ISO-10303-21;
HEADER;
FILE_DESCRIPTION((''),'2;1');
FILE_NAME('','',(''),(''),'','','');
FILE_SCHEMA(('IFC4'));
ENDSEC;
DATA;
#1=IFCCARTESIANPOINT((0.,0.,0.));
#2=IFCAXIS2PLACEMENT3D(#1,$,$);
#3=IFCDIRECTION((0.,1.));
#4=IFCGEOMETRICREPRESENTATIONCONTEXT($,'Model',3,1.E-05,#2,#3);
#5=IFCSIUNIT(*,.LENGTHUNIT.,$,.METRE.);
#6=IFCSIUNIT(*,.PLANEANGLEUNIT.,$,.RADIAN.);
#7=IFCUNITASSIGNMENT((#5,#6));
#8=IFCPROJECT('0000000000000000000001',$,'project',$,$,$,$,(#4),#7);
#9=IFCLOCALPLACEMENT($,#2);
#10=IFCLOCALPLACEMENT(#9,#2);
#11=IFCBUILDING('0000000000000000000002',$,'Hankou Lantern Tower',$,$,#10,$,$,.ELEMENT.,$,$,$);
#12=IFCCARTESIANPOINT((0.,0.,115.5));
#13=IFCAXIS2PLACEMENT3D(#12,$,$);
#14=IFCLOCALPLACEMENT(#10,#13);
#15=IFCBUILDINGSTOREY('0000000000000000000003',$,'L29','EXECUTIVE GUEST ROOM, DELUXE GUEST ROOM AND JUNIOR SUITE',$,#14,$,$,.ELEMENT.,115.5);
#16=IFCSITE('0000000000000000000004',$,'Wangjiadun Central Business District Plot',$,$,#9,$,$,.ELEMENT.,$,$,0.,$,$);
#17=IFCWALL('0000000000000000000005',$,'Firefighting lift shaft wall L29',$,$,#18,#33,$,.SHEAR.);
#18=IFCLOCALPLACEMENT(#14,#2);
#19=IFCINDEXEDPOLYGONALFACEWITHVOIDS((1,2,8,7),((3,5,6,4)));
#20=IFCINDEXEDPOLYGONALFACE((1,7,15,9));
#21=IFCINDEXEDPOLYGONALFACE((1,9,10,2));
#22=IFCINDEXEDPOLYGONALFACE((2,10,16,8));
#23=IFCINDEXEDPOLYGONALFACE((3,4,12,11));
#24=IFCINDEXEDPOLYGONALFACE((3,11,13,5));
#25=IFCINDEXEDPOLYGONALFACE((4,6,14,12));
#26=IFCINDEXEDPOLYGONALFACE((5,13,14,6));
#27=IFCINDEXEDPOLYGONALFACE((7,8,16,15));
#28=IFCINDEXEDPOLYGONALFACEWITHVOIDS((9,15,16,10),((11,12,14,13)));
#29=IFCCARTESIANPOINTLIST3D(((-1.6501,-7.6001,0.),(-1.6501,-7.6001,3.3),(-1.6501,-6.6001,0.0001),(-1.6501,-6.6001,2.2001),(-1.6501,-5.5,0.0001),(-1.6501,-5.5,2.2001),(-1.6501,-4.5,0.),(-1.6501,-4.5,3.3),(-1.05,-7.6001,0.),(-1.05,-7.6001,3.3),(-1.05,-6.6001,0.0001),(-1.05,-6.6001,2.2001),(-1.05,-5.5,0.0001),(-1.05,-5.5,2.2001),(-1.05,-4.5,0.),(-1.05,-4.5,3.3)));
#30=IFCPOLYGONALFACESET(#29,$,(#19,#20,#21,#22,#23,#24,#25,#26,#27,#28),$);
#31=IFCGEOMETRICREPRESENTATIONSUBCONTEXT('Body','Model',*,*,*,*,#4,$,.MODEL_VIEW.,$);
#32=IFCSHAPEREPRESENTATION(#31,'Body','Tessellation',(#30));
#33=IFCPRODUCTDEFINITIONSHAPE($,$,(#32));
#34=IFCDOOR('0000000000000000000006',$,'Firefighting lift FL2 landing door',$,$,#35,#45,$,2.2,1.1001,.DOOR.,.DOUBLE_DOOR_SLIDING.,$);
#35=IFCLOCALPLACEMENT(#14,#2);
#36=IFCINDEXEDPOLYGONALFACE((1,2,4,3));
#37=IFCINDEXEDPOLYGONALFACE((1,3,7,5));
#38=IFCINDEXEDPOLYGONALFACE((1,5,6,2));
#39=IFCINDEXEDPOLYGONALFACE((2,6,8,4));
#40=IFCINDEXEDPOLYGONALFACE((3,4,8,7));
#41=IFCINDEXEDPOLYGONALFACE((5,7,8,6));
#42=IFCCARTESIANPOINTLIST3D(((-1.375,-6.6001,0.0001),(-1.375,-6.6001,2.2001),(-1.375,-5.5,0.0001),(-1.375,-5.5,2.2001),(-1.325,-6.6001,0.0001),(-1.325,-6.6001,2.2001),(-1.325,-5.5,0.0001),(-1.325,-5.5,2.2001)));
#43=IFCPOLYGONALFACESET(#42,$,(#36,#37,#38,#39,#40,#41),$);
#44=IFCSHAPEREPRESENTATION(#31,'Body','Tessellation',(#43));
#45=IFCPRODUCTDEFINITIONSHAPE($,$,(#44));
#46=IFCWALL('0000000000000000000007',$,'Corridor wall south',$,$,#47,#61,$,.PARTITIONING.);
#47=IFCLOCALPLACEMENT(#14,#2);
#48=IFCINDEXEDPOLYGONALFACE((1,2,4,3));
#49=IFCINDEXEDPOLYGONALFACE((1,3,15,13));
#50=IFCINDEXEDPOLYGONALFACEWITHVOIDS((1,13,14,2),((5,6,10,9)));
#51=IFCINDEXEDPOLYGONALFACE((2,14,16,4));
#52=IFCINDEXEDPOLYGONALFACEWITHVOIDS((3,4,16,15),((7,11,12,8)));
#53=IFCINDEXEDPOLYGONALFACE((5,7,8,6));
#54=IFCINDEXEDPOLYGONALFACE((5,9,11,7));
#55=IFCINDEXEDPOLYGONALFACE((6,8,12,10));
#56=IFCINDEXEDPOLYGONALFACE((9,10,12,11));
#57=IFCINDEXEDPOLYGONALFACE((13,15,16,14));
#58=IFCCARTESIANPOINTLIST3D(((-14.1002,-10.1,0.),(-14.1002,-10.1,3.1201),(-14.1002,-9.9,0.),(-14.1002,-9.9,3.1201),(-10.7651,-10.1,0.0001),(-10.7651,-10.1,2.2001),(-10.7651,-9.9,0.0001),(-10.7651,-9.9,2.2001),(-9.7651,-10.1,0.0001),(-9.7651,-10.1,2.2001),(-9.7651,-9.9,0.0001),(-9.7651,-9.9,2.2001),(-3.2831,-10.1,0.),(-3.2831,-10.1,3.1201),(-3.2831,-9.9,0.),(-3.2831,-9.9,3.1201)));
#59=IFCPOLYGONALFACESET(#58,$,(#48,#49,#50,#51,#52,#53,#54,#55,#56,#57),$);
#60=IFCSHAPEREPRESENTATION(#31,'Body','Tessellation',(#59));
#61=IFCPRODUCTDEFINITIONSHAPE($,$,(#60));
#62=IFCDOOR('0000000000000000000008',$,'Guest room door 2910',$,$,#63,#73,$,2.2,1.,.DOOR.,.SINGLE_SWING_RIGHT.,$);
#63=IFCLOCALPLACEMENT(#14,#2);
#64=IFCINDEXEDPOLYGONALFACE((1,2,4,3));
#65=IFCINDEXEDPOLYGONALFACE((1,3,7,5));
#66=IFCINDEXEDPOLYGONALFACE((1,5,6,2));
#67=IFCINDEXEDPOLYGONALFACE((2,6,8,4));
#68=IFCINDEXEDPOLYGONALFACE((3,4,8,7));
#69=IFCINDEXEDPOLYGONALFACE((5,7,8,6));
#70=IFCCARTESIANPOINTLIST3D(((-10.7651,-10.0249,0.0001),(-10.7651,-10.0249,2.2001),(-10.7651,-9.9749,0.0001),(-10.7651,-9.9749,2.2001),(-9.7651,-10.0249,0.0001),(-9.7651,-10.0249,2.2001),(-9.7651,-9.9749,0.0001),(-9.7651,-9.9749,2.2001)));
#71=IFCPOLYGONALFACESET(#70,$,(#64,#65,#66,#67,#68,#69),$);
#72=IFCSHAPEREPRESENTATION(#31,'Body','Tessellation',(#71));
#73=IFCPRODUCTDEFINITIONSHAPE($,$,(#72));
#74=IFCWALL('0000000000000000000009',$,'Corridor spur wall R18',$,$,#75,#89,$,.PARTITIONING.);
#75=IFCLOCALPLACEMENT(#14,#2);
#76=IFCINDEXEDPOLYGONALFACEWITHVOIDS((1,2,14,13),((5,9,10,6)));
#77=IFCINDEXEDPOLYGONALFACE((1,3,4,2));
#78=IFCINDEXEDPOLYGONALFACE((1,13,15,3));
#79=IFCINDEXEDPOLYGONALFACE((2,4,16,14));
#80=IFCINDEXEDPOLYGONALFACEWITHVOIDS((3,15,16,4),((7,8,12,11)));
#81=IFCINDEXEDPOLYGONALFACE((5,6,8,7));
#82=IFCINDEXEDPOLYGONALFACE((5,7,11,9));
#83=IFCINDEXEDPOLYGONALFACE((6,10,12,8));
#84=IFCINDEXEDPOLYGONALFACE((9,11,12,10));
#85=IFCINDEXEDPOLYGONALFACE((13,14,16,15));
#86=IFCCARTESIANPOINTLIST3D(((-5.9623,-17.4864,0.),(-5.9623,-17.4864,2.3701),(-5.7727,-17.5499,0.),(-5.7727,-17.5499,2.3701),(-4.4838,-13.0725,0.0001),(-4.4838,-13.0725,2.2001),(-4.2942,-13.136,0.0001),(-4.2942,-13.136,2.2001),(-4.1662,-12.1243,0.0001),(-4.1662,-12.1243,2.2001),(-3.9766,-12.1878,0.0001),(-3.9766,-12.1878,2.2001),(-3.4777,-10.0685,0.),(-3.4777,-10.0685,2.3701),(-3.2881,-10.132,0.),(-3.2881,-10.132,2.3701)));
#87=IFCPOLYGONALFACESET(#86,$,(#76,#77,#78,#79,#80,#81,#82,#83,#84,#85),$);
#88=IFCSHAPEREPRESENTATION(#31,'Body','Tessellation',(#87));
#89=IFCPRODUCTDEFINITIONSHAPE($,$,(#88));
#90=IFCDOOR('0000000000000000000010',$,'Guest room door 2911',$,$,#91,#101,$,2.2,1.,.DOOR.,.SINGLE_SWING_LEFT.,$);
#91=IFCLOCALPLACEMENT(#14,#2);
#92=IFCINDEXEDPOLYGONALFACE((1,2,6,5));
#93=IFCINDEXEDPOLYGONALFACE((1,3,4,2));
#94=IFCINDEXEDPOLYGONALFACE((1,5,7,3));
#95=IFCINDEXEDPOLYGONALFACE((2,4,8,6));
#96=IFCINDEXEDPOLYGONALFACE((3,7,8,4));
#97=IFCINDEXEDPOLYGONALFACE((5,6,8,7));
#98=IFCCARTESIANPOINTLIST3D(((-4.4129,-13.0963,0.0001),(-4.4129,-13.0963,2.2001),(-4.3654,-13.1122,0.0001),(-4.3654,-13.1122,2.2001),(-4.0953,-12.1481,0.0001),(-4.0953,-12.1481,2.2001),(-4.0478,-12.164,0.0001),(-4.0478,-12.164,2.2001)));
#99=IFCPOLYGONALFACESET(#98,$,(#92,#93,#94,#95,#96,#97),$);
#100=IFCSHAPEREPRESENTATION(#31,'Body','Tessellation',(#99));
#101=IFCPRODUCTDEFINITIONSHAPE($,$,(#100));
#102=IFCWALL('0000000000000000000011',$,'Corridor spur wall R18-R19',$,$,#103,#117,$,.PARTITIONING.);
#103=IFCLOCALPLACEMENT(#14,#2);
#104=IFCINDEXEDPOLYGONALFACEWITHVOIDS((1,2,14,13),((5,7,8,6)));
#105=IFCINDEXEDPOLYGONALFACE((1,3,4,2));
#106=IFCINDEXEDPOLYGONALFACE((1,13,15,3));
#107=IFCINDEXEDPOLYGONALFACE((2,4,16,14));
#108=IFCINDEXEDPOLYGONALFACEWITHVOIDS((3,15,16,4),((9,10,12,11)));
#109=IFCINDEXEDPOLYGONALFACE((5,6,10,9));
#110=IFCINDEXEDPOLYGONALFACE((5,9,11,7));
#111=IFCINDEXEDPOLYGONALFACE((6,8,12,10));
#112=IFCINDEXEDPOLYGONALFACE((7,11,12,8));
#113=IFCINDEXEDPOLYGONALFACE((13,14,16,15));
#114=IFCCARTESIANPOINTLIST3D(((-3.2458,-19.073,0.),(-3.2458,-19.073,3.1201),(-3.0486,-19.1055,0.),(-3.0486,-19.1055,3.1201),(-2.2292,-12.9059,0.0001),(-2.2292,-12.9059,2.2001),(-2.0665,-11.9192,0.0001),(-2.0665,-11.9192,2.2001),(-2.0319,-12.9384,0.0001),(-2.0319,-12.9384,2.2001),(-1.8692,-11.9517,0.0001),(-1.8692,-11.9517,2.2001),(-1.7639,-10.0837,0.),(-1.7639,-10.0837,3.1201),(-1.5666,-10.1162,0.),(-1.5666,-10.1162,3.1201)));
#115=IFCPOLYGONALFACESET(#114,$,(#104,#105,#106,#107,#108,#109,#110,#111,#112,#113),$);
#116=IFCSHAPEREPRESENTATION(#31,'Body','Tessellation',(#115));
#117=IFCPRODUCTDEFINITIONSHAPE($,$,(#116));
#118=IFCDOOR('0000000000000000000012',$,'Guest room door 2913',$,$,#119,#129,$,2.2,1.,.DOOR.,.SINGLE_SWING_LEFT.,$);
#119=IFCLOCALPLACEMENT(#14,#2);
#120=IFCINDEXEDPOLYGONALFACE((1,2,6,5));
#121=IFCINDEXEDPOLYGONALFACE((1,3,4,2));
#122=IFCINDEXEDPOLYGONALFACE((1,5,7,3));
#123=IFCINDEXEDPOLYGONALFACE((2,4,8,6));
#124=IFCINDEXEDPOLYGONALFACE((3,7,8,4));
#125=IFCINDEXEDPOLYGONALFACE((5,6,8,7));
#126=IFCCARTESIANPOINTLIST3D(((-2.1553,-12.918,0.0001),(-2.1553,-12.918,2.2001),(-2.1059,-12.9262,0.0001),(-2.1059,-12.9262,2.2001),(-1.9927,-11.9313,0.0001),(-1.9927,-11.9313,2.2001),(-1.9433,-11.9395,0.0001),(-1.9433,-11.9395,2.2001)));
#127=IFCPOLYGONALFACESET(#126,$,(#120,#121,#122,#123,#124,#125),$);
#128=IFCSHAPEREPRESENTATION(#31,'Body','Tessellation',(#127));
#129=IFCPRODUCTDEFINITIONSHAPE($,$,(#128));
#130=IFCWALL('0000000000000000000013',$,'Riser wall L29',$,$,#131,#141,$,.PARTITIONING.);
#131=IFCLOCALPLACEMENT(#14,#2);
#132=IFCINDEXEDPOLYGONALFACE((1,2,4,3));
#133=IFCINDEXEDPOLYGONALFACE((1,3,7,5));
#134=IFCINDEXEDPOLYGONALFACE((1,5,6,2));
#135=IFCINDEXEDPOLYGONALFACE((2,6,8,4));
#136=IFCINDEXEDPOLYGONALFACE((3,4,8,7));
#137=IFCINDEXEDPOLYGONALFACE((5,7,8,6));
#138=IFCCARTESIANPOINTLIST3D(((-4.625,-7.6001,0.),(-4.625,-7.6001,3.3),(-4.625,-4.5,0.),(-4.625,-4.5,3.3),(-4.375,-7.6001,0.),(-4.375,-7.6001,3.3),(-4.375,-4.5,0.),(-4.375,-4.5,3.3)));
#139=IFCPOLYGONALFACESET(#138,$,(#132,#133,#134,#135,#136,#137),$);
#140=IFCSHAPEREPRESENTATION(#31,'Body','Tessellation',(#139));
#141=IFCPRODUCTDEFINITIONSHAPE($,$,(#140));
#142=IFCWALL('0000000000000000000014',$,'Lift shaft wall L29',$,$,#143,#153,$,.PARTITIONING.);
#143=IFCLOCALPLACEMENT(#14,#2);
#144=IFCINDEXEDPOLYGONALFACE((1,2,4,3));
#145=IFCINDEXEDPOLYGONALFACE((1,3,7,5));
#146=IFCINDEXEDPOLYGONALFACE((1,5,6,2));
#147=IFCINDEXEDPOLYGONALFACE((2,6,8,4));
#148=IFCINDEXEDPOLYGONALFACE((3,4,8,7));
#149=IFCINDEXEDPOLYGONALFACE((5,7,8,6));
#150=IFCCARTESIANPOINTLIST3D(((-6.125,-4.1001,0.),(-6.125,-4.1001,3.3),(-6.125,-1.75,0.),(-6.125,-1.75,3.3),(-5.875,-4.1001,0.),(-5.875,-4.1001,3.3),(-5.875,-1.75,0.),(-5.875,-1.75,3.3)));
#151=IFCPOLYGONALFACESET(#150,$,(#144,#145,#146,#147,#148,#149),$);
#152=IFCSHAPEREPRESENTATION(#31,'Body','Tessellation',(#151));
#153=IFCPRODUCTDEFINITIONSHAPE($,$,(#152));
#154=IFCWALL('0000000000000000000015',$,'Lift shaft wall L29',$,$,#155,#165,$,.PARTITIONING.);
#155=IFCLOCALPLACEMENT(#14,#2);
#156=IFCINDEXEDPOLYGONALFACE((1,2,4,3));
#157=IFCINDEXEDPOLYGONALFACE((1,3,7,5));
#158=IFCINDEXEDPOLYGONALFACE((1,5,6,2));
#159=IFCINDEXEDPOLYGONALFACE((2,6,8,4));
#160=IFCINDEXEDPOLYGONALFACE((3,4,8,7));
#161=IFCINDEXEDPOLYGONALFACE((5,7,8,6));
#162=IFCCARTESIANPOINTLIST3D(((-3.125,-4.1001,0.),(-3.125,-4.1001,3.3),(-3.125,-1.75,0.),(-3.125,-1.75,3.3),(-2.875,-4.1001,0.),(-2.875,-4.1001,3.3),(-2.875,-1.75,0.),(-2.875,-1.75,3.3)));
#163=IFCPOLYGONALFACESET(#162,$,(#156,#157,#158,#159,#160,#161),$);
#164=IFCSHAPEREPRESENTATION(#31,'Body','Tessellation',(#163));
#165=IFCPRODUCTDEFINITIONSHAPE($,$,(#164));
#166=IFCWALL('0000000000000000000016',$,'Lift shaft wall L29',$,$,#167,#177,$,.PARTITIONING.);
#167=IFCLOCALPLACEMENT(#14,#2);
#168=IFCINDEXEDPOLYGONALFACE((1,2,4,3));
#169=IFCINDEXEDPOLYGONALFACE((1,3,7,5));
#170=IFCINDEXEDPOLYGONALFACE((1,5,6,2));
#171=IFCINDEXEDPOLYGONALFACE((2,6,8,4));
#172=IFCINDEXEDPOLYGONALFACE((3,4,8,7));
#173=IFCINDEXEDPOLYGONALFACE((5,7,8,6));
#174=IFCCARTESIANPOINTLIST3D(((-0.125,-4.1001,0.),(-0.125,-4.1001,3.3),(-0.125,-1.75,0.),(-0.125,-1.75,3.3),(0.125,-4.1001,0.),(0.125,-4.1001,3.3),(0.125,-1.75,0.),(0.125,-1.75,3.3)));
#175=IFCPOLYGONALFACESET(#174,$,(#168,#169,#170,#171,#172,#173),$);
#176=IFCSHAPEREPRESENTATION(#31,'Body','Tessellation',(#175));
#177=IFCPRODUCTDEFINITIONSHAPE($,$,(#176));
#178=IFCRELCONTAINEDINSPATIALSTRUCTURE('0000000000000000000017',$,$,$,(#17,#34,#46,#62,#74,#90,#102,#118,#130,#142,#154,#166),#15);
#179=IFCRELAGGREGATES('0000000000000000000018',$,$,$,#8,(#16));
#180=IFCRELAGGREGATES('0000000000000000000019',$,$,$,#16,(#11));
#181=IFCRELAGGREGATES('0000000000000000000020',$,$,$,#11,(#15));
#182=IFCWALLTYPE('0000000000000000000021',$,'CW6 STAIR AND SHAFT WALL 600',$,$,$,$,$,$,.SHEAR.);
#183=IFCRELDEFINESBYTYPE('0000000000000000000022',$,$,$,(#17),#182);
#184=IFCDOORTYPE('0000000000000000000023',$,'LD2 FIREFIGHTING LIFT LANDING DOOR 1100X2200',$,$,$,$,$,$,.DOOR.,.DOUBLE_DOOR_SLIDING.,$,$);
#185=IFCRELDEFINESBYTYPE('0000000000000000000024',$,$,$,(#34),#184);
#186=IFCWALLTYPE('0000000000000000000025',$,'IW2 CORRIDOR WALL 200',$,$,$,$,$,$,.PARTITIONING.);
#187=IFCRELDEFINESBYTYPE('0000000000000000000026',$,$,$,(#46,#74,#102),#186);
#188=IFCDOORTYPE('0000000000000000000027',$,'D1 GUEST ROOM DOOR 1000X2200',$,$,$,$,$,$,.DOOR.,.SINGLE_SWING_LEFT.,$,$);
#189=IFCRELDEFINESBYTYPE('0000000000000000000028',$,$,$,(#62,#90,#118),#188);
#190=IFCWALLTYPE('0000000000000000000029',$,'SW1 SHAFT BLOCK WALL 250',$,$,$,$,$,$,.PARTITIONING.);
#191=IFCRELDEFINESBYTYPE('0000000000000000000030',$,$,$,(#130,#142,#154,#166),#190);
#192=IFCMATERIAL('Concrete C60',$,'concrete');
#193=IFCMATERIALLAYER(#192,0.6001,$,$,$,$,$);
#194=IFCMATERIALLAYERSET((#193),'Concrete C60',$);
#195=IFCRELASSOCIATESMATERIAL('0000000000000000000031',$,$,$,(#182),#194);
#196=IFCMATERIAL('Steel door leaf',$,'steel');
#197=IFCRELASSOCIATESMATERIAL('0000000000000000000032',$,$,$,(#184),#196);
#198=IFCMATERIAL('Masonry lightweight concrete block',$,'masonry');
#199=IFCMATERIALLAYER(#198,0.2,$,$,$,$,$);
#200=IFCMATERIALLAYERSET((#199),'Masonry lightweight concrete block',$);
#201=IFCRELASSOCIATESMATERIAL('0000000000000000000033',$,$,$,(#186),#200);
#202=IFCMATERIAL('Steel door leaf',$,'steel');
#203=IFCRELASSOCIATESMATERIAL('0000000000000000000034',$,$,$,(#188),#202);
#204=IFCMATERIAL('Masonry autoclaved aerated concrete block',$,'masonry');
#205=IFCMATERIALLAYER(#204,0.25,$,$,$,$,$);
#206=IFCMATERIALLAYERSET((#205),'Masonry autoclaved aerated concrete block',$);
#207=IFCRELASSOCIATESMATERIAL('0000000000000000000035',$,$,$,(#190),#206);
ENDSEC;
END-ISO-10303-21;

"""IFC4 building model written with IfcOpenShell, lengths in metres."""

from ifc_helpers import new_model, si_unit, direction, frame, frame_2d, origin, place, context, subcontext, project, spatial, rectangle, extrude, material, layer, layer_set, type_object, element, fill, save


model = new_model("IFC4")

# Units and contexts
model_context = context("Model", 3, precision=1e-05, world=origin(), true_north=direction((0.0, 1.0)))
body_context = subcontext(model_context, "Body", "Model", "MODEL_VIEW")
ifc_project = project(units=[si_unit("LENGTHUNIT", "METRE"), si_unit("PLANEANGLEUNIT", "RADIAN")], contexts=[model_context])

# Site, building, storey
site_placement = place(None, origin())
site = spatial("IfcSite", under=ifc_project, at=site_placement, Name="Wangjiadun Central Business District Plot", CompositionType="ELEMENT", RefElevation=0.0)
building_placement = place(site_placement, origin())
building = spatial("IfcBuilding", under=site, at=building_placement, Name="Hankou Lantern Tower", CompositionType="ELEMENT")
storey_placement = place(building_placement, frame((0.0, 0.0, 115.5)))
storey = spatial("IfcBuildingStorey", under=building, at=storey_placement, Name="L29", Description="EXECUTIVE GUEST ROOM, DELUXE GUEST ROOM AND JUNIOR SUITE", CompositionType="ELEMENT", Elevation=115.5)

# Walls, openings, doors
ifc_material_1 = material(Name="Concrete C60", Category="concrete")
ifc_layer_1 = layer(ifc_material_1, 0.6001)
ifc_layer_set_1 = layer_set([ifc_layer_1], Name="Concrete C60")
wall_type_1 = type_object("IfcWallType", Name="CW6 STAIR AND SHAFT WALL 600", PredefinedType="SHEAR", material=ifc_layer_set_1)
wall_1_placement = place(storey_placement, frame((-1.3501, -7.6001, 0.0), z_axis=(0.0, 0.0, 1.0), x_axis=(0.0, 1.0, 0.0)))
wall_1 = element("IfcWall", 1, at=wall_1_placement, inside=storey, type_object=wall_type_1, Name="Firefighting lift shaft wall L29", PredefinedType="SHEAR", context=body_context, shape_type="SweptSolid", body=[
    extrude(rectangle(XDim=3.1001, YDim=0.6001, at=frame_2d((1.55, 0.0))), origin(), (0.0, 0.0, 1.0), 3.3),
])
opening_1_placement = place(wall_1_placement, frame((1.0, 0.0, 0.0)))
opening_1 = element("IfcOpeningElement", 2, at=opening_1_placement, cuts=wall_1, PredefinedType="OPENING", context=body_context, shape_type="SweptSolid", body=[
    extrude(rectangle(XDim=1.1001, YDim=2.2, at=frame_2d((0.55, 1.1001))), frame((0.0, 0.3101, 0.0), z_axis=(0.0, -1.0, 0.0), x_axis=(1.0, 0.0, 0.0)), (0.0, 0.0, 1.0), 0.6201),
])
ifc_material_2 = material(Name="Steel door leaf", Category="steel")
door_type_1 = type_object("IfcDoorType", Name="LD2 FIREFIGHTING LIFT LANDING DOOR 1100X2200", OperationType="DOUBLE_DOOR_SLIDING", PredefinedType="DOOR", material=ifc_material_2)
door_1_placement = place(opening_1_placement, origin())
door_1 = element("IfcDoor", 3, at=door_1_placement, inside=storey, type_object=door_type_1, Name="Firefighting lift FL2 landing door", OperationType="DOUBLE_DOOR_SLIDING", OverallHeight=2.2, OverallWidth=1.1001, PredefinedType="DOOR", context=body_context, shape_type="SweptSolid", body=[
    extrude(rectangle(XDim=1.1001, YDim=2.2, at=frame_2d((0.55, 1.1001))), frame((0.0, 0.0249, 0.0), z_axis=(0.0, -1.0, 0.0), x_axis=(1.0, 0.0, 0.0)), (0.0, 0.0, 1.0), 0.05),
])
fill(opening_1, door_1)
ifc_material_3 = material(Name="Masonry lightweight concrete block", Category="masonry")
ifc_layer_2 = layer(ifc_material_3, 0.2)
ifc_layer_set_2 = layer_set([ifc_layer_2], Name="Masonry lightweight concrete block")
wall_type_2 = type_object("IfcWallType", Name="IW2 CORRIDOR WALL 200", PredefinedType="PARTITIONING", material=ifc_layer_set_2)
wall_2_placement = place(storey_placement, frame((-3.283, -10.0, 0.0), z_axis=(0.0, 0.0, 1.0), x_axis=(-1.0, 0.0, 0.0)))
wall_2 = element("IfcWall", 4, at=wall_2_placement, inside=storey, type_object=wall_type_2, Name="Corridor wall south", PredefinedType="PARTITIONING", context=body_context, shape_type="SweptSolid", body=[
    extrude(rectangle(XDim=10.8171, YDim=0.2, at=frame_2d((5.4087, 0.0))), origin(), (0.0, 0.0, 1.0), 3.1201),
])
opening_2_placement = place(wall_2_placement, frame((6.4822, 0.0, 0.0)))
opening_2 = element("IfcOpeningElement", 5, at=opening_2_placement, cuts=wall_2, PredefinedType="OPENING", context=body_context, shape_type="SweptSolid", body=[
    extrude(rectangle(XDim=1.0, YDim=2.2, at=frame_2d((0.5, 1.1001))), frame((0.0, 0.1099, 0.0), z_axis=(0.0, -1.0, 0.0), x_axis=(1.0, 0.0, 0.0)), (0.0, 0.0, 1.0), 0.22),
])
ifc_material_4 = material(Name="Steel door leaf", Category="steel")
door_type_2 = type_object("IfcDoorType", Name="D1 GUEST ROOM DOOR 1000X2200", OperationType="SINGLE_SWING_LEFT", PredefinedType="DOOR", material=ifc_material_4)
door_2_placement = place(opening_2_placement, origin())
door_2 = element("IfcDoor", 6, at=door_2_placement, inside=storey, type_object=door_type_2, Name="Guest room door 2910", OperationType="SINGLE_SWING_RIGHT", OverallHeight=2.2, OverallWidth=1.0, PredefinedType="DOOR", context=body_context, shape_type="SweptSolid", body=[
    extrude(rectangle(XDim=1.0, YDim=2.2, at=frame_2d((0.5, 1.1001))), frame((0.0, 0.0249, 0.0), z_axis=(0.0, -1.0, 0.0), x_axis=(1.0, 0.0, 0.0)), (0.0, 0.0, 1.0), 0.05),
])
fill(opening_2, door_2)
wall_3_placement = place(storey_placement, frame((-3.3828, -10.1001, 0.0), z_axis=(0.0, 0.0, 1.0), x_axis=(-0.317604, -0.948224, 0.0)))
wall_3 = element("IfcWall", 7, at=wall_3_placement, inside=storey, type_object=wall_type_2, Name="Corridor spur wall R18", PredefinedType="PARTITIONING", context=body_context, shape_type="SweptSolid", body=[
    extrude(rectangle(XDim=7.823, YDim=0.2, at=frame_2d((3.9116, 0.0))), origin(), (0.0, 0.0, 1.0), 2.3701),
])
opening_3_placement = place(wall_3_placement, frame((2.1682, 0.0, 0.0)))
opening_3 = element("IfcOpeningElement", 8, at=opening_3_placement, cuts=wall_3, PredefinedType="OPENING", context=body_context, shape_type="SweptSolid", body=[
    extrude(rectangle(XDim=1.0, YDim=2.2, at=frame_2d((0.5, 1.1001))), frame((0.0, 0.1099, 0.0), z_axis=(0.0, -1.0, 0.0), x_axis=(1.0, 0.0, 0.0)), (0.0, 0.0, 1.0), 0.22),
])
door_3_placement = place(opening_3_placement, origin())
door_3 = element("IfcDoor", 9, at=door_3_placement, inside=storey, type_object=door_type_2, Name="Guest room door 2911", OperationType="SINGLE_SWING_LEFT", OverallHeight=2.2, OverallWidth=1.0, PredefinedType="DOOR", context=body_context, shape_type="SweptSolid", body=[
    extrude(rectangle(XDim=1.0, YDim=2.2, at=frame_2d((0.5, 1.1001))), frame((0.0, 0.0249, 0.0), z_axis=(0.0, -1.0, 0.0), x_axis=(1.0, 0.0, 0.0)), (0.0, 0.0, 1.0), 0.05),
])
fill(opening_3, door_3)
wall_4_placement = place(storey_placement, frame((-1.6653, -10.1001, 0.0), z_axis=(0.0, 0.0, 1.0), x_axis=(-0.162661, -0.986682, 0.0)))
wall_4 = element("IfcWall", 10, at=wall_4_placement, inside=storey, type_object=wall_type_2, Name="Corridor spur wall R18-R19", PredefinedType="PARTITIONING", context=body_context, shape_type="SweptSolid", body=[
    extrude(rectangle(XDim=9.1106, YDim=0.2, at=frame_2d((4.5552, 0.0))), origin(), (0.0, 0.0, 1.0), 3.1201),
])
opening_4_placement = place(wall_4_placement, frame((1.8601, 0.0, 0.0)))
opening_4 = element("IfcOpeningElement", 11, at=opening_4_placement, cuts=wall_4, PredefinedType="OPENING", context=body_context, shape_type="SweptSolid", body=[
    extrude(rectangle(XDim=1.0, YDim=2.2, at=frame_2d((0.5, 1.1001))), frame((0.0, 0.1099, 0.0), z_axis=(0.0, -1.0, 0.0), x_axis=(1.0, 0.0, 0.0)), (0.0, 0.0, 1.0), 0.22),
])
door_4_placement = place(opening_4_placement, origin())
door_4 = element("IfcDoor", 12, at=door_4_placement, inside=storey, type_object=door_type_2, Name="Guest room door 2913", OperationType="SINGLE_SWING_LEFT", OverallHeight=2.2, OverallWidth=1.0, PredefinedType="DOOR", context=body_context, shape_type="SweptSolid", body=[
    extrude(rectangle(XDim=1.0, YDim=2.2, at=frame_2d((0.5, 1.1001))), frame((0.0, 0.0249, 0.0), z_axis=(0.0, -1.0, 0.0), x_axis=(1.0, 0.0, 0.0)), (0.0, 0.0, 1.0), 0.05),
])
fill(opening_4, door_4)

# Walls
ifc_material_5 = material(Name="Masonry autoclaved aerated concrete block", Category="masonry")
ifc_layer_3 = layer(ifc_material_5, 0.25)
ifc_layer_set_3 = layer_set([ifc_layer_3], Name="Masonry autoclaved aerated concrete block")
wall_type_3 = type_object("IfcWallType", Name="SW1 SHAFT BLOCK WALL 250", PredefinedType="PARTITIONING", material=ifc_layer_set_3)
wall_5_placement = place(storey_placement, frame((-4.5, -7.6001, 0.0), z_axis=(0.0, 0.0, 1.0), x_axis=(0.0, 1.0, 0.0)))
element("IfcWall", 13, at=wall_5_placement, inside=storey, type_object=wall_type_3, Name="Riser wall L29", PredefinedType="PARTITIONING", context=body_context, shape_type="SweptSolid", body=[
    extrude(rectangle(XDim=3.1001, YDim=0.25, at=frame_2d((1.55, 0.0))), origin(), (0.0, 0.0, 1.0), 3.3),
])
for number, where, z_axis, x_axis, name in (
    (14, (-6.0, -4.1001, 0.0), (0.0, 0.0, 1.0), (0.0, 1.0, 0.0), "Lift shaft wall L29"),
    (15, (-3.0, -4.1001, 0.0), (0.0, 0.0, 1.0), (0.0, 1.0, 0.0), "Lift shaft wall L29"),
    (16, (0.0, -4.1001, 0.0), (0.0, 0.0, 1.0), (0.0, 1.0, 0.0), "Lift shaft wall L29"),
):
    element("IfcWall", number, at=place(storey_placement, frame(where, z_axis=z_axis, x_axis=x_axis)), inside=storey, type_object=wall_type_3, Name=name, PredefinedType="PARTITIONING", context=body_context, shape_type="SweptSolid", body=[
        extrude(rectangle(XDim=2.3501, YDim=0.25, at=frame_2d((1.175, 0.0))), origin(), (0.0, 0.0, 1.0), 3.3),
    ])

save(model, "model.ifc")
